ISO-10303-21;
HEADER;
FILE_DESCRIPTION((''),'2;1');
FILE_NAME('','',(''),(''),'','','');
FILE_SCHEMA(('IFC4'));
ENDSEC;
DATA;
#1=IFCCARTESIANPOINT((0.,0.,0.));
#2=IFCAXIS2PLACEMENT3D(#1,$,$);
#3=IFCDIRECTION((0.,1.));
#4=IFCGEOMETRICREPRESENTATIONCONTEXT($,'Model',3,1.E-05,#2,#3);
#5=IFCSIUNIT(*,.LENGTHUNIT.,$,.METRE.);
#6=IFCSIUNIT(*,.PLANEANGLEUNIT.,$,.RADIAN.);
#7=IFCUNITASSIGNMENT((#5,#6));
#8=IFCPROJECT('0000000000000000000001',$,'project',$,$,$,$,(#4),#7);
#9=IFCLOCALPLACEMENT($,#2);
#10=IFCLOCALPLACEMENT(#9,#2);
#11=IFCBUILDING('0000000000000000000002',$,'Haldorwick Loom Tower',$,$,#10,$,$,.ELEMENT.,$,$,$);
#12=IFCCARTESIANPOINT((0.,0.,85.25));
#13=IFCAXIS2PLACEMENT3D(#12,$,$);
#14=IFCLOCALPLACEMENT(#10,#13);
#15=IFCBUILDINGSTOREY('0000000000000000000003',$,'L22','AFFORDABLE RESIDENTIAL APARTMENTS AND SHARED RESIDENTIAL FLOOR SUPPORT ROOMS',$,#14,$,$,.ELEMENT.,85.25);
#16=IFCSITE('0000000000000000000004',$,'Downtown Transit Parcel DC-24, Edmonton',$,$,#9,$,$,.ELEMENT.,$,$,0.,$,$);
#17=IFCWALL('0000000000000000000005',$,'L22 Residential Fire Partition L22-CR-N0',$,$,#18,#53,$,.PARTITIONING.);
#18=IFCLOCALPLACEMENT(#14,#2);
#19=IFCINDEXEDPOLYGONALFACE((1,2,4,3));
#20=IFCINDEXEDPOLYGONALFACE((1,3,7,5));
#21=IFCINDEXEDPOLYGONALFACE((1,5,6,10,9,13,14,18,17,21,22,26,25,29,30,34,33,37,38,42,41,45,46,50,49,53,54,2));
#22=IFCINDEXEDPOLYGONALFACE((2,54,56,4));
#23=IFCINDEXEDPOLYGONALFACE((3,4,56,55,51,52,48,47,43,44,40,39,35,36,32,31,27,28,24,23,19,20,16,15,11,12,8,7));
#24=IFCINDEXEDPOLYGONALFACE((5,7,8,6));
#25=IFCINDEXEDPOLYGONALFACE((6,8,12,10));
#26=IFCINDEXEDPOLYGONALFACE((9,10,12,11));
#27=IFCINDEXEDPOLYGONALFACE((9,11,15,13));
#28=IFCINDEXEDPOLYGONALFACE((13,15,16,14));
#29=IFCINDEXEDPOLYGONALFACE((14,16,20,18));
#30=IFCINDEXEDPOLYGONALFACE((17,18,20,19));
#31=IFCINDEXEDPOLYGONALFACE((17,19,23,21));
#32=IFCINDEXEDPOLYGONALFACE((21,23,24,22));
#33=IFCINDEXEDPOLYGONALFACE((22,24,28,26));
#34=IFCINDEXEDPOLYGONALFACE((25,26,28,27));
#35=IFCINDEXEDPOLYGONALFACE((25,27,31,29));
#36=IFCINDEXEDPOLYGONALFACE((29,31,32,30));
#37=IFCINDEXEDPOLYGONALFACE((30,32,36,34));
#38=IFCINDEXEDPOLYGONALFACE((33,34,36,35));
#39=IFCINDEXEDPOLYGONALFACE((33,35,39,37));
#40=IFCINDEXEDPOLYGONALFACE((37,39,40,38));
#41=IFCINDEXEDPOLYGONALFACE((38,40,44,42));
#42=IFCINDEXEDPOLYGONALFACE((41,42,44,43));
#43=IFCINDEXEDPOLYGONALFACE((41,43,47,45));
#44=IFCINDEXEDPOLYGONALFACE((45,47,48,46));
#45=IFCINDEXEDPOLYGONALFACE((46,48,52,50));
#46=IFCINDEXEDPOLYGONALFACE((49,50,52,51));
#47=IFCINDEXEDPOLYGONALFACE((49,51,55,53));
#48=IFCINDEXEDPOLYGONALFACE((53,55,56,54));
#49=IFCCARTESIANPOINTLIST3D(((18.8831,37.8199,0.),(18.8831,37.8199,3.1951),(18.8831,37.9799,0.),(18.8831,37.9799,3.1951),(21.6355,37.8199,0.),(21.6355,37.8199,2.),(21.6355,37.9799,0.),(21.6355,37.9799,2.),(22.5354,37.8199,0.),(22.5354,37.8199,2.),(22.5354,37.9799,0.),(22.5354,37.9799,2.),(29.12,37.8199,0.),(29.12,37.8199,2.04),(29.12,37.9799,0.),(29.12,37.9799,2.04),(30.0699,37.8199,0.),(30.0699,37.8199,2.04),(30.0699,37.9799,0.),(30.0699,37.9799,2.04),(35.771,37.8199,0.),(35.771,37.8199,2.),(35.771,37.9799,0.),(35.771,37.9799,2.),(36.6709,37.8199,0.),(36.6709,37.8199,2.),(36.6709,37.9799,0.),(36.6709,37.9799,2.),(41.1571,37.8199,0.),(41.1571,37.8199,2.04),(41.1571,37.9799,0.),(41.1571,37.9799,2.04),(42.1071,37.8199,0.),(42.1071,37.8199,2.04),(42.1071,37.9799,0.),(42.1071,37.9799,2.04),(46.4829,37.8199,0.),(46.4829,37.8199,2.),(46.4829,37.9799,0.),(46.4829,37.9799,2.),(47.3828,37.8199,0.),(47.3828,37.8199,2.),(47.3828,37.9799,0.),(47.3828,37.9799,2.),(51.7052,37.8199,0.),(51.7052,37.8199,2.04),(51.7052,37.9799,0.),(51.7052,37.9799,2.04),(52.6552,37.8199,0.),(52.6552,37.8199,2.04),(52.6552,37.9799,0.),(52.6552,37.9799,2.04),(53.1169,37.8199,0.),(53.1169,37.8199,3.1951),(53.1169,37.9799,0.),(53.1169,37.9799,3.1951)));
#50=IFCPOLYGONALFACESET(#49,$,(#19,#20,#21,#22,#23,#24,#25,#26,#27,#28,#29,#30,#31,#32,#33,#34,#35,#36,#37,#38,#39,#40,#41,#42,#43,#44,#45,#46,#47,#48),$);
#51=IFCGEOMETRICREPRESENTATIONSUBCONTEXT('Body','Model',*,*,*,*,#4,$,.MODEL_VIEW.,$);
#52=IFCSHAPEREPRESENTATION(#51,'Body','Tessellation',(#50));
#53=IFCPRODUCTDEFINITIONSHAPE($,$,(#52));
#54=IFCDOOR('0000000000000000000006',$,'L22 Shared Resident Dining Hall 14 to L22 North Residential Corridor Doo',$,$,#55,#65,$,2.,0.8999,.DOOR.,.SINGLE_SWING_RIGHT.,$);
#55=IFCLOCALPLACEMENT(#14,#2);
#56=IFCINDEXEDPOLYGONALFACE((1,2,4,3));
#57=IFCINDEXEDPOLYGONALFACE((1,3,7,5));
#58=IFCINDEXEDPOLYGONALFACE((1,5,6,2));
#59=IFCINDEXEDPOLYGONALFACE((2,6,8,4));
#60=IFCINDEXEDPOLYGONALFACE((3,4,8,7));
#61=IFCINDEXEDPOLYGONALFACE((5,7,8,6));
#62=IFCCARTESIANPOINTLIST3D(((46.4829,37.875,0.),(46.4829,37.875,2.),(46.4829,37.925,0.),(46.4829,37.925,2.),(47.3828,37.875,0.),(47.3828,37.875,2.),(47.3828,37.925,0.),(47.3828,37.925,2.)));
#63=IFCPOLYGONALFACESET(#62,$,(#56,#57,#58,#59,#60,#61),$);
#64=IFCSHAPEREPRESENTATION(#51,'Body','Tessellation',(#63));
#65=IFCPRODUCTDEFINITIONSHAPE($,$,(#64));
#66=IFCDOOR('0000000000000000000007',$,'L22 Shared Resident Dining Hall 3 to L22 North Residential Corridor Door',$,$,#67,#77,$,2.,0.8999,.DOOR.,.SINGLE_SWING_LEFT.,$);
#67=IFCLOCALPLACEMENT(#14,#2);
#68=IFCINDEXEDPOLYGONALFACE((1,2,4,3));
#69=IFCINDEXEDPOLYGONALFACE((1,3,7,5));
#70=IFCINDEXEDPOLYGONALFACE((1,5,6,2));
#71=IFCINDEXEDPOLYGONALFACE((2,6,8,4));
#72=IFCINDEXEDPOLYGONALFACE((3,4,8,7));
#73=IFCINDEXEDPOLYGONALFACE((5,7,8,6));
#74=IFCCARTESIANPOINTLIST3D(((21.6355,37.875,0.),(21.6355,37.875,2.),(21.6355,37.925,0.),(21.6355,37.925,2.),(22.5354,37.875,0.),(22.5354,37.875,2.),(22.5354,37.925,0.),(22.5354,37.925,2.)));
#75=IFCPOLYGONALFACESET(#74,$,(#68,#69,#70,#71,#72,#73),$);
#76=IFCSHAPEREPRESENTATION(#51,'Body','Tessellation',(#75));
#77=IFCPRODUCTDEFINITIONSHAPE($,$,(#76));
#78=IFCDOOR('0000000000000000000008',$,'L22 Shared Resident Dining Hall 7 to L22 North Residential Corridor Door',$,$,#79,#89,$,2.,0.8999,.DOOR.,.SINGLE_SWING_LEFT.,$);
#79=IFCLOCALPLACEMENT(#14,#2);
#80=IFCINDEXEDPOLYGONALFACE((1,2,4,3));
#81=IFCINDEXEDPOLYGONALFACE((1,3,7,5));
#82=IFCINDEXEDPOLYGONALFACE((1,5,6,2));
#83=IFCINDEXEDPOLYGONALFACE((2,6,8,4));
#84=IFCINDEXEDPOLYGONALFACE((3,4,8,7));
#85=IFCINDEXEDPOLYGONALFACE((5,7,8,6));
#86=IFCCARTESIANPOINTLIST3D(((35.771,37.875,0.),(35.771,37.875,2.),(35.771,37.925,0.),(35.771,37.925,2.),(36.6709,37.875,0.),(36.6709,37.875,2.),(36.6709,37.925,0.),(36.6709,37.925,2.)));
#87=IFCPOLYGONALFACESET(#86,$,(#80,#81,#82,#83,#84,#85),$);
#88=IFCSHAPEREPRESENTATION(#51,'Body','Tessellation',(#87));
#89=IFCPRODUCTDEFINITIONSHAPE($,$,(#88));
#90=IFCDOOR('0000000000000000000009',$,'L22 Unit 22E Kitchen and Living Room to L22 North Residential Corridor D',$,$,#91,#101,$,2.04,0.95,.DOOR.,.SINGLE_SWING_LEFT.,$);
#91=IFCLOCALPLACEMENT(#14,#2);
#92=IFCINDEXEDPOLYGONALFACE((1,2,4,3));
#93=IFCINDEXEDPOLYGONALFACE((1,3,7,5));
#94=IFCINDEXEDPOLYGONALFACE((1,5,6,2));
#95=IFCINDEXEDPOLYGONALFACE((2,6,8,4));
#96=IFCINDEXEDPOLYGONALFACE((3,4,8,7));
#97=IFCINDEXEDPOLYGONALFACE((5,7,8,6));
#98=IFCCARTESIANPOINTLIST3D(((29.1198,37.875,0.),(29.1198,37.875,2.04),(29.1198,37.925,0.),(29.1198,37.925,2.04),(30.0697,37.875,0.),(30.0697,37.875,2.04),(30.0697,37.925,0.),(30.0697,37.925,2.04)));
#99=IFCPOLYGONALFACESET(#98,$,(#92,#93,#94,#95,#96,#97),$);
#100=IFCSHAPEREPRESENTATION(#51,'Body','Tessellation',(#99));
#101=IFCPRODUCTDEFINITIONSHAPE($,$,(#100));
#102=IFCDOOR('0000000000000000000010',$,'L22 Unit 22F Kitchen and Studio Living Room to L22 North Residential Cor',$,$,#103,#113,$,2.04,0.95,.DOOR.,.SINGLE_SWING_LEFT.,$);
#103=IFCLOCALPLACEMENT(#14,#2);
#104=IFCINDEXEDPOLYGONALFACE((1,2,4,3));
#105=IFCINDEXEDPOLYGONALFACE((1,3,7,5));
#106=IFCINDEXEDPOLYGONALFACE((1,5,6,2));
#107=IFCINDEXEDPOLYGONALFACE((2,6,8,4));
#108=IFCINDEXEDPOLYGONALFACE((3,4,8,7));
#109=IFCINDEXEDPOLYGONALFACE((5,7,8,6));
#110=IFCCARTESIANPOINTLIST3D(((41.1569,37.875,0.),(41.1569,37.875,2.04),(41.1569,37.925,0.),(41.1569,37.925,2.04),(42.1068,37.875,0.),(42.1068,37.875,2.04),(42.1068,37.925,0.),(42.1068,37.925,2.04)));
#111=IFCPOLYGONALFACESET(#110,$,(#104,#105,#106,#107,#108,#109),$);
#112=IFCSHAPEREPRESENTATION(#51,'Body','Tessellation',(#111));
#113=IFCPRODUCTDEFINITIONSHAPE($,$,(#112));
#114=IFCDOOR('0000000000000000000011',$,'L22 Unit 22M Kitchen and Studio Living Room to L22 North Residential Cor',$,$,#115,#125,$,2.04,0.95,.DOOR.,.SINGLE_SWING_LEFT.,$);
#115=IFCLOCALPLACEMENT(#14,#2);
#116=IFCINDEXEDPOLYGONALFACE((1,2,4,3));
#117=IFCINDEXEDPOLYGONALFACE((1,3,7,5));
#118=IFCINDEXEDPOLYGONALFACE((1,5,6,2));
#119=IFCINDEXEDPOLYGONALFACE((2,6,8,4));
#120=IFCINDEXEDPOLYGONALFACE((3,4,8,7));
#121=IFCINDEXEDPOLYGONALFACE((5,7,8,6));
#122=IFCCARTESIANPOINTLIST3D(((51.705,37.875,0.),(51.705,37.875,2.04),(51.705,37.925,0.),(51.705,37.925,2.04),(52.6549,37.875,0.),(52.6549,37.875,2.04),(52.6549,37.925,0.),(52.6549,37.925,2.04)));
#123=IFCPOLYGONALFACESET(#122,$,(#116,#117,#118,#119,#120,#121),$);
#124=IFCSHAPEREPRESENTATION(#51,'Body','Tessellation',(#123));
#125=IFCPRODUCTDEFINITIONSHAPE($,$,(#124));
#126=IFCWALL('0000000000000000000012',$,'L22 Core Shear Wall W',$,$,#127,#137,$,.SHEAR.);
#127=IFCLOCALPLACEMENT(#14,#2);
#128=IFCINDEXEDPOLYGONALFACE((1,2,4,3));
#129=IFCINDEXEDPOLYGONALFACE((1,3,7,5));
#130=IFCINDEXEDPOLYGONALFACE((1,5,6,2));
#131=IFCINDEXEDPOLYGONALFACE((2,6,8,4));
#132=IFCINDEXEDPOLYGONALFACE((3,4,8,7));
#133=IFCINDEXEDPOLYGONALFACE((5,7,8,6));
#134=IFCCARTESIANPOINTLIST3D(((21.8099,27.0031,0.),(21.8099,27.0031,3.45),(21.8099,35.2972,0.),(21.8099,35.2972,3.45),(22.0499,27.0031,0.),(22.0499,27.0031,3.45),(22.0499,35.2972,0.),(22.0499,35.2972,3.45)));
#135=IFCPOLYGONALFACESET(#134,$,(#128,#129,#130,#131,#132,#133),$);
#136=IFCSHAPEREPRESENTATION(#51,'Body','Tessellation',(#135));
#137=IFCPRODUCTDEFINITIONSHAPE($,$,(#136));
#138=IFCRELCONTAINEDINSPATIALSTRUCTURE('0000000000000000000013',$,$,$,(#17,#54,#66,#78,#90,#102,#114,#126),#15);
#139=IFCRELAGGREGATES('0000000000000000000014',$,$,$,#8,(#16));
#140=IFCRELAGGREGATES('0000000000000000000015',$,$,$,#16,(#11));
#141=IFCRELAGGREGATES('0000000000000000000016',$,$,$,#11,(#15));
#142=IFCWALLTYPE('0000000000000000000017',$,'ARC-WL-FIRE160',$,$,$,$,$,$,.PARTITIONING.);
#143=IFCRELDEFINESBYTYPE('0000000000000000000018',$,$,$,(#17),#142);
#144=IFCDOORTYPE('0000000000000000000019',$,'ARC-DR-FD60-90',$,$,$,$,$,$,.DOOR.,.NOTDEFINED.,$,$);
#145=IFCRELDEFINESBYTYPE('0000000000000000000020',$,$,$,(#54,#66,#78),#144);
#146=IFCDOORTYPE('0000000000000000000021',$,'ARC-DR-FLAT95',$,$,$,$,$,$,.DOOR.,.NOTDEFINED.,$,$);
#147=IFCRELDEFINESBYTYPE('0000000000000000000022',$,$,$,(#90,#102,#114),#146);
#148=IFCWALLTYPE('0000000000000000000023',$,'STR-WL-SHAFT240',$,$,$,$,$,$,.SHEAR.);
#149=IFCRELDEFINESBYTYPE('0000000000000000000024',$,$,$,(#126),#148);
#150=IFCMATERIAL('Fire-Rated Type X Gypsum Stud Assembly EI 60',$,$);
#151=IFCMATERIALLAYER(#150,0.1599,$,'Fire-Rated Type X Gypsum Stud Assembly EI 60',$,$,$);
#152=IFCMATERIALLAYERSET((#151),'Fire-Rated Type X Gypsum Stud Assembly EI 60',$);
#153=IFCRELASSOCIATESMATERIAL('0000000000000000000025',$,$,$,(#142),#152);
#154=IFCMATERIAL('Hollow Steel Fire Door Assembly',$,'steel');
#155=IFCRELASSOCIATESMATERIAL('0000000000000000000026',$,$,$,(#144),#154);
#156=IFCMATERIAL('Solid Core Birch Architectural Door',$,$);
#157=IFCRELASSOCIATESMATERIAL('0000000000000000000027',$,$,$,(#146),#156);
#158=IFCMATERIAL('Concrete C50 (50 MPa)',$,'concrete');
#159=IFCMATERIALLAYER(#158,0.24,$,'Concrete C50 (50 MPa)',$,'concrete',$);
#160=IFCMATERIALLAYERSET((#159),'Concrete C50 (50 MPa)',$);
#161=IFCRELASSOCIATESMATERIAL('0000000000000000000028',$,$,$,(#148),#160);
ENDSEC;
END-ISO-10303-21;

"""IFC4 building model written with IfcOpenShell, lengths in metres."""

from ifc_helpers import new_model, si_unit, direction, frame, frame_2d, origin, place, context, subcontext, project, spatial, rectangle, extrude, material, layer, layer_set, type_object, element, fill, save


model = new_model("IFC4")

# Units and contexts
model_context = context("Model", 3, precision=1e-05, world=origin(), true_north=direction((0.0, 1.0)))
body_context = subcontext(model_context, "Body", "Model", "MODEL_VIEW")
ifc_project = project(units=[si_unit("LENGTHUNIT", "METRE"), si_unit("PLANEANGLEUNIT", "RADIAN")], contexts=[model_context])

# Site, building, storey
site_placement = place(None, origin())
site = spatial("IfcSite", under=ifc_project, at=site_placement, Name="Downtown Transit Parcel DC-24, Edmonton", CompositionType="ELEMENT", RefElevation=0.0)
building_placement = place(site_placement, origin())
building = spatial("IfcBuilding", under=site, at=building_placement, Name="Haldorwick Loom Tower", CompositionType="ELEMENT")
storey_placement = place(building_placement, frame((0.0, 0.0, 85.25)))
storey = spatial("IfcBuildingStorey", under=building, at=storey_placement, Name="L22", Description="AFFORDABLE RESIDENTIAL APARTMENTS AND SHARED RESIDENTIAL FLOOR SUPPORT ROOMS", CompositionType="ELEMENT", Elevation=85.25)

# Wall, openings, doors
ifc_material_1 = material(Name="Fire-Rated Type X Gypsum Stud Assembly EI 60")
ifc_layer_1 = layer(ifc_material_1, 0.1599, Name="Fire-Rated Type X Gypsum Stud Assembly EI 60")
ifc_layer_set_1 = layer_set([ifc_layer_1], Name="Fire-Rated Type X Gypsum Stud Assembly EI 60")
wall_type_1 = type_object("IfcWallType", Name="ARC-WL-FIRE160", PredefinedType="PARTITIONING", material=ifc_layer_set_1)
wall_1_placement = place(storey_placement, frame((18.8831, 37.8999, 0.0), z_axis=(0.0, 0.0, 1.0), x_axis=(1.0, 0.0, 0.0)))
wall_1 = element("IfcWall", 1, at=wall_1_placement, inside=storey, type_object=wall_type_1, Name="L22 Residential Fire Partition L22-CR-N0", PredefinedType="PARTITIONING", context=body_context, shape_type="SweptSolid", body=[
    extrude(rectangle(XDim=34.2339, YDim=0.1599, at=frame_2d((17.1169, 0.0))), origin(), (0.0, 0.0, 1.0), 3.1951),
])
opening_1_placement = place(wall_1_placement, frame((10.2368, 0.0, 0.0)))
opening_1 = element("IfcOpeningElement", 2, at=opening_1_placement, cuts=wall_1, PredefinedType="OPENING", context=body_context, shape_type="SweptSolid", body=[
    extrude(rectangle(XDim=0.95, YDim=2.04, at=frame_2d((0.4751, 1.02))), frame((0.0, 0.0898, 0.0), z_axis=(0.0, -1.0, 0.0), x_axis=(1.0, 0.0, 0.0)), (0.0, 0.0, 1.0), 0.1799),
])
opening_2_placement = place(wall_1_placement, frame((27.5999, 0.0, 0.0)))
opening_2 = element("IfcOpeningElement", 3, at=opening_2_placement, cuts=wall_1, PredefinedType="OPENING", context=body_context, shape_type="SweptSolid", body=[
    extrude(rectangle(XDim=0.8999, YDim=2.0, at=frame_2d((0.45, 1.0))), frame((0.0, 0.0898, 0.0), z_axis=(0.0, -1.0, 0.0), x_axis=(1.0, 0.0, 0.0)), (0.0, 0.0, 1.0), 0.1799),
])
opening_3_placement = place(wall_1_placement, frame((2.7524, 0.0, 0.0)))
opening_3 = element("IfcOpeningElement", 4, at=opening_3_placement, cuts=wall_1, PredefinedType="OPENING", context=body_context, shape_type="SweptSolid", body=[
    extrude(rectangle(XDim=0.8999, YDim=2.0, at=frame_2d((0.45, 1.0))), frame((0.0, 0.0898, 0.0), z_axis=(0.0, -1.0, 0.0), x_axis=(1.0, 0.0, 0.0)), (0.0, 0.0, 1.0), 0.1799),
])
opening_4_placement = place(wall_1_placement, frame((16.8879, 0.0, 0.0)))
opening_4 = element("IfcOpeningElement", 5, at=opening_4_placement, cuts=wall_1, PredefinedType="OPENING", context=body_context, shape_type="SweptSolid", body=[
    extrude(rectangle(XDim=0.8999, YDim=2.0, at=frame_2d((0.45, 1.0))), frame((0.0, 0.0898, 0.0), z_axis=(0.0, -1.0, 0.0), x_axis=(1.0, 0.0, 0.0)), (0.0, 0.0, 1.0), 0.1799),
])
opening_5_placement = place(wall_1_placement, frame((22.2739, 0.0, 0.0)))
opening_5 = element("IfcOpeningElement", 6, at=opening_5_placement, cuts=wall_1, PredefinedType="OPENING", context=body_context, shape_type="SweptSolid", body=[
    extrude(rectangle(XDim=0.95, YDim=2.04, at=frame_2d((0.4751, 1.02))), frame((0.0, 0.0898, 0.0), z_axis=(0.0, -1.0, 0.0), x_axis=(1.0, 0.0, 0.0)), (0.0, 0.0, 1.0), 0.1799),
])
opening_6_placement = place(wall_1_placement, frame((32.822, 0.0, 0.0)))
opening_6 = element("IfcOpeningElement", 7, at=opening_6_placement, cuts=wall_1, PredefinedType="OPENING", context=body_context, shape_type="SweptSolid", body=[
    extrude(rectangle(XDim=0.95, YDim=2.04, at=frame_2d((0.4751, 1.02))), frame((0.0, 0.0898, 0.0), z_axis=(0.0, -1.0, 0.0), x_axis=(1.0, 0.0, 0.0)), (0.0, 0.0, 1.0), 0.1799),
])
ifc_material_2 = material(Name="Hollow Steel Fire Door Assembly", Category="steel")
door_type_1 = type_object("IfcDoorType", Name="ARC-DR-FD60-90", OperationType="NOTDEFINED", PredefinedType="DOOR", material=ifc_material_2)
door_1_placement = place(opening_2_placement, frame((0.8999, 0.0, 0.0), z_axis=(0.0, 0.0, 1.0), x_axis=(-1.0, 0.0, 0.0)))
door_1 = element("IfcDoor", 8, at=door_1_placement, inside=storey, type_object=door_type_1, Name="L22 Shared Resident Dining Hall 14 to L22 North Residential Corridor Doo", OperationType="SINGLE_SWING_RIGHT", OverallHeight=2.0, OverallWidth=0.8999, PredefinedType="DOOR", context=body_context, shape_type="SweptSolid", body=[
    extrude(rectangle(XDim=0.8999, YDim=2.0, at=frame_2d((0.45, 1.0))), frame((0.0, 0.0249, 0.0), z_axis=(0.0, -1.0, 0.0), x_axis=(1.0, 0.0, 0.0)), (0.0, 0.0, 1.0), 0.05),
])
fill(opening_2, door_1)
door_2_placement = place(opening_3_placement, frame((0.8999, 0.0, 0.0), z_axis=(0.0, 0.0, 1.0), x_axis=(-1.0, 0.0, 0.0)))
door_2 = element("IfcDoor", 9, at=door_2_placement, inside=storey, type_object=door_type_1, Name="L22 Shared Resident Dining Hall 3 to L22 North Residential Corridor Door", OperationType="SINGLE_SWING_LEFT", OverallHeight=2.0, OverallWidth=0.8999, PredefinedType="DOOR", context=body_context, shape_type="SweptSolid", body=[
    extrude(rectangle(XDim=0.8999, YDim=2.0, at=frame_2d((0.45, 1.0))), frame((0.0, 0.0249, 0.0), z_axis=(0.0, -1.0, 0.0), x_axis=(1.0, 0.0, 0.0)), (0.0, 0.0, 1.0), 0.05),
])
fill(opening_3, door_2)
door_3_placement = place(opening_4_placement, frame((0.8999, 0.0, 0.0), z_axis=(0.0, 0.0, 1.0), x_axis=(-1.0, 0.0, 0.0)))
door_3 = element("IfcDoor", 10, at=door_3_placement, inside=storey, type_object=door_type_1, Name="L22 Shared Resident Dining Hall 7 to L22 North Residential Corridor Door", OperationType="SINGLE_SWING_LEFT", OverallHeight=2.0, OverallWidth=0.8999, PredefinedType="DOOR", context=body_context, shape_type="SweptSolid", body=[
    extrude(rectangle(XDim=0.8999, YDim=2.0, at=frame_2d((0.45, 1.0))), frame((0.0, 0.0249, 0.0), z_axis=(0.0, -1.0, 0.0), x_axis=(1.0, 0.0, 0.0)), (0.0, 0.0, 1.0), 0.05),
])
fill(opening_4, door_3)
ifc_material_3 = material(Name="Solid Core Birch Architectural Door")
door_type_2 = type_object("IfcDoorType", Name="ARC-DR-FLAT95", OperationType="NOTDEFINED", PredefinedType="DOOR", material=ifc_material_3)
door_4_placement = place(opening_1_placement, frame((0.95, 0.0, 0.0), z_axis=(0.0, 0.0, 1.0), x_axis=(-1.0, 0.0, 0.0)))
door_4 = element("IfcDoor", 11, at=door_4_placement, inside=storey, type_object=door_type_2, Name="L22 Unit 22E Kitchen and Living Room to L22 North Residential Corridor D", OperationType="SINGLE_SWING_LEFT", OverallHeight=2.04, OverallWidth=0.95, PredefinedType="DOOR", context=body_context, shape_type="SweptSolid", body=[
    extrude(rectangle(XDim=0.95, YDim=2.04, at=frame_2d((0.4751, 1.02))), frame((0.0, 0.0249, 0.0), z_axis=(0.0, -1.0, 0.0), x_axis=(1.0, 0.0, 0.0)), (0.0, 0.0, 1.0), 0.05),
])
fill(opening_1, door_4)
door_5_placement = place(opening_5_placement, frame((0.95, 0.0, 0.0), z_axis=(0.0, 0.0, 1.0), x_axis=(-1.0, 0.0, 0.0)))
door_5 = element("IfcDoor", 12, at=door_5_placement, inside=storey, type_object=door_type_2, Name="L22 Unit 22F Kitchen and Studio Living Room to L22 North Residential Cor", OperationType="SINGLE_SWING_LEFT", OverallHeight=2.04, OverallWidth=0.95, PredefinedType="DOOR", context=body_context, shape_type="SweptSolid", body=[
    extrude(rectangle(XDim=0.95, YDim=2.04, at=frame_2d((0.4751, 1.02))), frame((0.0, 0.0249, 0.0), z_axis=(0.0, -1.0, 0.0), x_axis=(1.0, 0.0, 0.0)), (0.0, 0.0, 1.0), 0.05),
])
fill(opening_5, door_5)
door_6_placement = place(opening_6_placement, frame((0.95, 0.0, 0.0), z_axis=(0.0, 0.0, 1.0), x_axis=(-1.0, 0.0, 0.0)))
door_6 = element("IfcDoor", 13, at=door_6_placement, inside=storey, type_object=door_type_2, Name="L22 Unit 22M Kitchen and Studio Living Room to L22 North Residential Cor", OperationType="SINGLE_SWING_LEFT", OverallHeight=2.04, OverallWidth=0.95, PredefinedType="DOOR", context=body_context, shape_type="SweptSolid", body=[
    extrude(rectangle(XDim=0.95, YDim=2.04, at=frame_2d((0.4751, 1.02))), frame((0.0, 0.0249, 0.0), z_axis=(0.0, -1.0, 0.0), x_axis=(1.0, 0.0, 0.0)), (0.0, 0.0, 1.0), 0.05),
])
fill(opening_6, door_6)

# Wall
ifc_material_4 = material(Name="Concrete C50 (50 MPa)", Category="concrete")
ifc_layer_2 = layer(ifc_material_4, 0.24, Name="Concrete C50 (50 MPa)", Category="concrete")
ifc_layer_set_2 = layer_set([ifc_layer_2], Name="Concrete C50 (50 MPa)")
wall_type_2 = type_object("IfcWallType", Name="STR-WL-SHAFT240", PredefinedType="SHEAR", material=ifc_layer_set_2)
wall_2_placement = place(storey_placement, frame((21.9299, 35.2971, 0.0), z_axis=(0.0, 0.0, 1.0), x_axis=(0.0, -1.0, 0.0)))
element("IfcWall", 14, at=wall_2_placement, inside=storey, type_object=wall_type_2, Name="L22 Core Shear Wall W", PredefinedType="SHEAR", context=body_context, shape_type="SweptSolid", body=[
    extrude(rectangle(XDim=8.2942, YDim=0.24, at=frame_2d((4.147, 0.0))), origin(), (0.0, 0.0, 1.0), 3.45),
])

save(model, "model.ifc")
